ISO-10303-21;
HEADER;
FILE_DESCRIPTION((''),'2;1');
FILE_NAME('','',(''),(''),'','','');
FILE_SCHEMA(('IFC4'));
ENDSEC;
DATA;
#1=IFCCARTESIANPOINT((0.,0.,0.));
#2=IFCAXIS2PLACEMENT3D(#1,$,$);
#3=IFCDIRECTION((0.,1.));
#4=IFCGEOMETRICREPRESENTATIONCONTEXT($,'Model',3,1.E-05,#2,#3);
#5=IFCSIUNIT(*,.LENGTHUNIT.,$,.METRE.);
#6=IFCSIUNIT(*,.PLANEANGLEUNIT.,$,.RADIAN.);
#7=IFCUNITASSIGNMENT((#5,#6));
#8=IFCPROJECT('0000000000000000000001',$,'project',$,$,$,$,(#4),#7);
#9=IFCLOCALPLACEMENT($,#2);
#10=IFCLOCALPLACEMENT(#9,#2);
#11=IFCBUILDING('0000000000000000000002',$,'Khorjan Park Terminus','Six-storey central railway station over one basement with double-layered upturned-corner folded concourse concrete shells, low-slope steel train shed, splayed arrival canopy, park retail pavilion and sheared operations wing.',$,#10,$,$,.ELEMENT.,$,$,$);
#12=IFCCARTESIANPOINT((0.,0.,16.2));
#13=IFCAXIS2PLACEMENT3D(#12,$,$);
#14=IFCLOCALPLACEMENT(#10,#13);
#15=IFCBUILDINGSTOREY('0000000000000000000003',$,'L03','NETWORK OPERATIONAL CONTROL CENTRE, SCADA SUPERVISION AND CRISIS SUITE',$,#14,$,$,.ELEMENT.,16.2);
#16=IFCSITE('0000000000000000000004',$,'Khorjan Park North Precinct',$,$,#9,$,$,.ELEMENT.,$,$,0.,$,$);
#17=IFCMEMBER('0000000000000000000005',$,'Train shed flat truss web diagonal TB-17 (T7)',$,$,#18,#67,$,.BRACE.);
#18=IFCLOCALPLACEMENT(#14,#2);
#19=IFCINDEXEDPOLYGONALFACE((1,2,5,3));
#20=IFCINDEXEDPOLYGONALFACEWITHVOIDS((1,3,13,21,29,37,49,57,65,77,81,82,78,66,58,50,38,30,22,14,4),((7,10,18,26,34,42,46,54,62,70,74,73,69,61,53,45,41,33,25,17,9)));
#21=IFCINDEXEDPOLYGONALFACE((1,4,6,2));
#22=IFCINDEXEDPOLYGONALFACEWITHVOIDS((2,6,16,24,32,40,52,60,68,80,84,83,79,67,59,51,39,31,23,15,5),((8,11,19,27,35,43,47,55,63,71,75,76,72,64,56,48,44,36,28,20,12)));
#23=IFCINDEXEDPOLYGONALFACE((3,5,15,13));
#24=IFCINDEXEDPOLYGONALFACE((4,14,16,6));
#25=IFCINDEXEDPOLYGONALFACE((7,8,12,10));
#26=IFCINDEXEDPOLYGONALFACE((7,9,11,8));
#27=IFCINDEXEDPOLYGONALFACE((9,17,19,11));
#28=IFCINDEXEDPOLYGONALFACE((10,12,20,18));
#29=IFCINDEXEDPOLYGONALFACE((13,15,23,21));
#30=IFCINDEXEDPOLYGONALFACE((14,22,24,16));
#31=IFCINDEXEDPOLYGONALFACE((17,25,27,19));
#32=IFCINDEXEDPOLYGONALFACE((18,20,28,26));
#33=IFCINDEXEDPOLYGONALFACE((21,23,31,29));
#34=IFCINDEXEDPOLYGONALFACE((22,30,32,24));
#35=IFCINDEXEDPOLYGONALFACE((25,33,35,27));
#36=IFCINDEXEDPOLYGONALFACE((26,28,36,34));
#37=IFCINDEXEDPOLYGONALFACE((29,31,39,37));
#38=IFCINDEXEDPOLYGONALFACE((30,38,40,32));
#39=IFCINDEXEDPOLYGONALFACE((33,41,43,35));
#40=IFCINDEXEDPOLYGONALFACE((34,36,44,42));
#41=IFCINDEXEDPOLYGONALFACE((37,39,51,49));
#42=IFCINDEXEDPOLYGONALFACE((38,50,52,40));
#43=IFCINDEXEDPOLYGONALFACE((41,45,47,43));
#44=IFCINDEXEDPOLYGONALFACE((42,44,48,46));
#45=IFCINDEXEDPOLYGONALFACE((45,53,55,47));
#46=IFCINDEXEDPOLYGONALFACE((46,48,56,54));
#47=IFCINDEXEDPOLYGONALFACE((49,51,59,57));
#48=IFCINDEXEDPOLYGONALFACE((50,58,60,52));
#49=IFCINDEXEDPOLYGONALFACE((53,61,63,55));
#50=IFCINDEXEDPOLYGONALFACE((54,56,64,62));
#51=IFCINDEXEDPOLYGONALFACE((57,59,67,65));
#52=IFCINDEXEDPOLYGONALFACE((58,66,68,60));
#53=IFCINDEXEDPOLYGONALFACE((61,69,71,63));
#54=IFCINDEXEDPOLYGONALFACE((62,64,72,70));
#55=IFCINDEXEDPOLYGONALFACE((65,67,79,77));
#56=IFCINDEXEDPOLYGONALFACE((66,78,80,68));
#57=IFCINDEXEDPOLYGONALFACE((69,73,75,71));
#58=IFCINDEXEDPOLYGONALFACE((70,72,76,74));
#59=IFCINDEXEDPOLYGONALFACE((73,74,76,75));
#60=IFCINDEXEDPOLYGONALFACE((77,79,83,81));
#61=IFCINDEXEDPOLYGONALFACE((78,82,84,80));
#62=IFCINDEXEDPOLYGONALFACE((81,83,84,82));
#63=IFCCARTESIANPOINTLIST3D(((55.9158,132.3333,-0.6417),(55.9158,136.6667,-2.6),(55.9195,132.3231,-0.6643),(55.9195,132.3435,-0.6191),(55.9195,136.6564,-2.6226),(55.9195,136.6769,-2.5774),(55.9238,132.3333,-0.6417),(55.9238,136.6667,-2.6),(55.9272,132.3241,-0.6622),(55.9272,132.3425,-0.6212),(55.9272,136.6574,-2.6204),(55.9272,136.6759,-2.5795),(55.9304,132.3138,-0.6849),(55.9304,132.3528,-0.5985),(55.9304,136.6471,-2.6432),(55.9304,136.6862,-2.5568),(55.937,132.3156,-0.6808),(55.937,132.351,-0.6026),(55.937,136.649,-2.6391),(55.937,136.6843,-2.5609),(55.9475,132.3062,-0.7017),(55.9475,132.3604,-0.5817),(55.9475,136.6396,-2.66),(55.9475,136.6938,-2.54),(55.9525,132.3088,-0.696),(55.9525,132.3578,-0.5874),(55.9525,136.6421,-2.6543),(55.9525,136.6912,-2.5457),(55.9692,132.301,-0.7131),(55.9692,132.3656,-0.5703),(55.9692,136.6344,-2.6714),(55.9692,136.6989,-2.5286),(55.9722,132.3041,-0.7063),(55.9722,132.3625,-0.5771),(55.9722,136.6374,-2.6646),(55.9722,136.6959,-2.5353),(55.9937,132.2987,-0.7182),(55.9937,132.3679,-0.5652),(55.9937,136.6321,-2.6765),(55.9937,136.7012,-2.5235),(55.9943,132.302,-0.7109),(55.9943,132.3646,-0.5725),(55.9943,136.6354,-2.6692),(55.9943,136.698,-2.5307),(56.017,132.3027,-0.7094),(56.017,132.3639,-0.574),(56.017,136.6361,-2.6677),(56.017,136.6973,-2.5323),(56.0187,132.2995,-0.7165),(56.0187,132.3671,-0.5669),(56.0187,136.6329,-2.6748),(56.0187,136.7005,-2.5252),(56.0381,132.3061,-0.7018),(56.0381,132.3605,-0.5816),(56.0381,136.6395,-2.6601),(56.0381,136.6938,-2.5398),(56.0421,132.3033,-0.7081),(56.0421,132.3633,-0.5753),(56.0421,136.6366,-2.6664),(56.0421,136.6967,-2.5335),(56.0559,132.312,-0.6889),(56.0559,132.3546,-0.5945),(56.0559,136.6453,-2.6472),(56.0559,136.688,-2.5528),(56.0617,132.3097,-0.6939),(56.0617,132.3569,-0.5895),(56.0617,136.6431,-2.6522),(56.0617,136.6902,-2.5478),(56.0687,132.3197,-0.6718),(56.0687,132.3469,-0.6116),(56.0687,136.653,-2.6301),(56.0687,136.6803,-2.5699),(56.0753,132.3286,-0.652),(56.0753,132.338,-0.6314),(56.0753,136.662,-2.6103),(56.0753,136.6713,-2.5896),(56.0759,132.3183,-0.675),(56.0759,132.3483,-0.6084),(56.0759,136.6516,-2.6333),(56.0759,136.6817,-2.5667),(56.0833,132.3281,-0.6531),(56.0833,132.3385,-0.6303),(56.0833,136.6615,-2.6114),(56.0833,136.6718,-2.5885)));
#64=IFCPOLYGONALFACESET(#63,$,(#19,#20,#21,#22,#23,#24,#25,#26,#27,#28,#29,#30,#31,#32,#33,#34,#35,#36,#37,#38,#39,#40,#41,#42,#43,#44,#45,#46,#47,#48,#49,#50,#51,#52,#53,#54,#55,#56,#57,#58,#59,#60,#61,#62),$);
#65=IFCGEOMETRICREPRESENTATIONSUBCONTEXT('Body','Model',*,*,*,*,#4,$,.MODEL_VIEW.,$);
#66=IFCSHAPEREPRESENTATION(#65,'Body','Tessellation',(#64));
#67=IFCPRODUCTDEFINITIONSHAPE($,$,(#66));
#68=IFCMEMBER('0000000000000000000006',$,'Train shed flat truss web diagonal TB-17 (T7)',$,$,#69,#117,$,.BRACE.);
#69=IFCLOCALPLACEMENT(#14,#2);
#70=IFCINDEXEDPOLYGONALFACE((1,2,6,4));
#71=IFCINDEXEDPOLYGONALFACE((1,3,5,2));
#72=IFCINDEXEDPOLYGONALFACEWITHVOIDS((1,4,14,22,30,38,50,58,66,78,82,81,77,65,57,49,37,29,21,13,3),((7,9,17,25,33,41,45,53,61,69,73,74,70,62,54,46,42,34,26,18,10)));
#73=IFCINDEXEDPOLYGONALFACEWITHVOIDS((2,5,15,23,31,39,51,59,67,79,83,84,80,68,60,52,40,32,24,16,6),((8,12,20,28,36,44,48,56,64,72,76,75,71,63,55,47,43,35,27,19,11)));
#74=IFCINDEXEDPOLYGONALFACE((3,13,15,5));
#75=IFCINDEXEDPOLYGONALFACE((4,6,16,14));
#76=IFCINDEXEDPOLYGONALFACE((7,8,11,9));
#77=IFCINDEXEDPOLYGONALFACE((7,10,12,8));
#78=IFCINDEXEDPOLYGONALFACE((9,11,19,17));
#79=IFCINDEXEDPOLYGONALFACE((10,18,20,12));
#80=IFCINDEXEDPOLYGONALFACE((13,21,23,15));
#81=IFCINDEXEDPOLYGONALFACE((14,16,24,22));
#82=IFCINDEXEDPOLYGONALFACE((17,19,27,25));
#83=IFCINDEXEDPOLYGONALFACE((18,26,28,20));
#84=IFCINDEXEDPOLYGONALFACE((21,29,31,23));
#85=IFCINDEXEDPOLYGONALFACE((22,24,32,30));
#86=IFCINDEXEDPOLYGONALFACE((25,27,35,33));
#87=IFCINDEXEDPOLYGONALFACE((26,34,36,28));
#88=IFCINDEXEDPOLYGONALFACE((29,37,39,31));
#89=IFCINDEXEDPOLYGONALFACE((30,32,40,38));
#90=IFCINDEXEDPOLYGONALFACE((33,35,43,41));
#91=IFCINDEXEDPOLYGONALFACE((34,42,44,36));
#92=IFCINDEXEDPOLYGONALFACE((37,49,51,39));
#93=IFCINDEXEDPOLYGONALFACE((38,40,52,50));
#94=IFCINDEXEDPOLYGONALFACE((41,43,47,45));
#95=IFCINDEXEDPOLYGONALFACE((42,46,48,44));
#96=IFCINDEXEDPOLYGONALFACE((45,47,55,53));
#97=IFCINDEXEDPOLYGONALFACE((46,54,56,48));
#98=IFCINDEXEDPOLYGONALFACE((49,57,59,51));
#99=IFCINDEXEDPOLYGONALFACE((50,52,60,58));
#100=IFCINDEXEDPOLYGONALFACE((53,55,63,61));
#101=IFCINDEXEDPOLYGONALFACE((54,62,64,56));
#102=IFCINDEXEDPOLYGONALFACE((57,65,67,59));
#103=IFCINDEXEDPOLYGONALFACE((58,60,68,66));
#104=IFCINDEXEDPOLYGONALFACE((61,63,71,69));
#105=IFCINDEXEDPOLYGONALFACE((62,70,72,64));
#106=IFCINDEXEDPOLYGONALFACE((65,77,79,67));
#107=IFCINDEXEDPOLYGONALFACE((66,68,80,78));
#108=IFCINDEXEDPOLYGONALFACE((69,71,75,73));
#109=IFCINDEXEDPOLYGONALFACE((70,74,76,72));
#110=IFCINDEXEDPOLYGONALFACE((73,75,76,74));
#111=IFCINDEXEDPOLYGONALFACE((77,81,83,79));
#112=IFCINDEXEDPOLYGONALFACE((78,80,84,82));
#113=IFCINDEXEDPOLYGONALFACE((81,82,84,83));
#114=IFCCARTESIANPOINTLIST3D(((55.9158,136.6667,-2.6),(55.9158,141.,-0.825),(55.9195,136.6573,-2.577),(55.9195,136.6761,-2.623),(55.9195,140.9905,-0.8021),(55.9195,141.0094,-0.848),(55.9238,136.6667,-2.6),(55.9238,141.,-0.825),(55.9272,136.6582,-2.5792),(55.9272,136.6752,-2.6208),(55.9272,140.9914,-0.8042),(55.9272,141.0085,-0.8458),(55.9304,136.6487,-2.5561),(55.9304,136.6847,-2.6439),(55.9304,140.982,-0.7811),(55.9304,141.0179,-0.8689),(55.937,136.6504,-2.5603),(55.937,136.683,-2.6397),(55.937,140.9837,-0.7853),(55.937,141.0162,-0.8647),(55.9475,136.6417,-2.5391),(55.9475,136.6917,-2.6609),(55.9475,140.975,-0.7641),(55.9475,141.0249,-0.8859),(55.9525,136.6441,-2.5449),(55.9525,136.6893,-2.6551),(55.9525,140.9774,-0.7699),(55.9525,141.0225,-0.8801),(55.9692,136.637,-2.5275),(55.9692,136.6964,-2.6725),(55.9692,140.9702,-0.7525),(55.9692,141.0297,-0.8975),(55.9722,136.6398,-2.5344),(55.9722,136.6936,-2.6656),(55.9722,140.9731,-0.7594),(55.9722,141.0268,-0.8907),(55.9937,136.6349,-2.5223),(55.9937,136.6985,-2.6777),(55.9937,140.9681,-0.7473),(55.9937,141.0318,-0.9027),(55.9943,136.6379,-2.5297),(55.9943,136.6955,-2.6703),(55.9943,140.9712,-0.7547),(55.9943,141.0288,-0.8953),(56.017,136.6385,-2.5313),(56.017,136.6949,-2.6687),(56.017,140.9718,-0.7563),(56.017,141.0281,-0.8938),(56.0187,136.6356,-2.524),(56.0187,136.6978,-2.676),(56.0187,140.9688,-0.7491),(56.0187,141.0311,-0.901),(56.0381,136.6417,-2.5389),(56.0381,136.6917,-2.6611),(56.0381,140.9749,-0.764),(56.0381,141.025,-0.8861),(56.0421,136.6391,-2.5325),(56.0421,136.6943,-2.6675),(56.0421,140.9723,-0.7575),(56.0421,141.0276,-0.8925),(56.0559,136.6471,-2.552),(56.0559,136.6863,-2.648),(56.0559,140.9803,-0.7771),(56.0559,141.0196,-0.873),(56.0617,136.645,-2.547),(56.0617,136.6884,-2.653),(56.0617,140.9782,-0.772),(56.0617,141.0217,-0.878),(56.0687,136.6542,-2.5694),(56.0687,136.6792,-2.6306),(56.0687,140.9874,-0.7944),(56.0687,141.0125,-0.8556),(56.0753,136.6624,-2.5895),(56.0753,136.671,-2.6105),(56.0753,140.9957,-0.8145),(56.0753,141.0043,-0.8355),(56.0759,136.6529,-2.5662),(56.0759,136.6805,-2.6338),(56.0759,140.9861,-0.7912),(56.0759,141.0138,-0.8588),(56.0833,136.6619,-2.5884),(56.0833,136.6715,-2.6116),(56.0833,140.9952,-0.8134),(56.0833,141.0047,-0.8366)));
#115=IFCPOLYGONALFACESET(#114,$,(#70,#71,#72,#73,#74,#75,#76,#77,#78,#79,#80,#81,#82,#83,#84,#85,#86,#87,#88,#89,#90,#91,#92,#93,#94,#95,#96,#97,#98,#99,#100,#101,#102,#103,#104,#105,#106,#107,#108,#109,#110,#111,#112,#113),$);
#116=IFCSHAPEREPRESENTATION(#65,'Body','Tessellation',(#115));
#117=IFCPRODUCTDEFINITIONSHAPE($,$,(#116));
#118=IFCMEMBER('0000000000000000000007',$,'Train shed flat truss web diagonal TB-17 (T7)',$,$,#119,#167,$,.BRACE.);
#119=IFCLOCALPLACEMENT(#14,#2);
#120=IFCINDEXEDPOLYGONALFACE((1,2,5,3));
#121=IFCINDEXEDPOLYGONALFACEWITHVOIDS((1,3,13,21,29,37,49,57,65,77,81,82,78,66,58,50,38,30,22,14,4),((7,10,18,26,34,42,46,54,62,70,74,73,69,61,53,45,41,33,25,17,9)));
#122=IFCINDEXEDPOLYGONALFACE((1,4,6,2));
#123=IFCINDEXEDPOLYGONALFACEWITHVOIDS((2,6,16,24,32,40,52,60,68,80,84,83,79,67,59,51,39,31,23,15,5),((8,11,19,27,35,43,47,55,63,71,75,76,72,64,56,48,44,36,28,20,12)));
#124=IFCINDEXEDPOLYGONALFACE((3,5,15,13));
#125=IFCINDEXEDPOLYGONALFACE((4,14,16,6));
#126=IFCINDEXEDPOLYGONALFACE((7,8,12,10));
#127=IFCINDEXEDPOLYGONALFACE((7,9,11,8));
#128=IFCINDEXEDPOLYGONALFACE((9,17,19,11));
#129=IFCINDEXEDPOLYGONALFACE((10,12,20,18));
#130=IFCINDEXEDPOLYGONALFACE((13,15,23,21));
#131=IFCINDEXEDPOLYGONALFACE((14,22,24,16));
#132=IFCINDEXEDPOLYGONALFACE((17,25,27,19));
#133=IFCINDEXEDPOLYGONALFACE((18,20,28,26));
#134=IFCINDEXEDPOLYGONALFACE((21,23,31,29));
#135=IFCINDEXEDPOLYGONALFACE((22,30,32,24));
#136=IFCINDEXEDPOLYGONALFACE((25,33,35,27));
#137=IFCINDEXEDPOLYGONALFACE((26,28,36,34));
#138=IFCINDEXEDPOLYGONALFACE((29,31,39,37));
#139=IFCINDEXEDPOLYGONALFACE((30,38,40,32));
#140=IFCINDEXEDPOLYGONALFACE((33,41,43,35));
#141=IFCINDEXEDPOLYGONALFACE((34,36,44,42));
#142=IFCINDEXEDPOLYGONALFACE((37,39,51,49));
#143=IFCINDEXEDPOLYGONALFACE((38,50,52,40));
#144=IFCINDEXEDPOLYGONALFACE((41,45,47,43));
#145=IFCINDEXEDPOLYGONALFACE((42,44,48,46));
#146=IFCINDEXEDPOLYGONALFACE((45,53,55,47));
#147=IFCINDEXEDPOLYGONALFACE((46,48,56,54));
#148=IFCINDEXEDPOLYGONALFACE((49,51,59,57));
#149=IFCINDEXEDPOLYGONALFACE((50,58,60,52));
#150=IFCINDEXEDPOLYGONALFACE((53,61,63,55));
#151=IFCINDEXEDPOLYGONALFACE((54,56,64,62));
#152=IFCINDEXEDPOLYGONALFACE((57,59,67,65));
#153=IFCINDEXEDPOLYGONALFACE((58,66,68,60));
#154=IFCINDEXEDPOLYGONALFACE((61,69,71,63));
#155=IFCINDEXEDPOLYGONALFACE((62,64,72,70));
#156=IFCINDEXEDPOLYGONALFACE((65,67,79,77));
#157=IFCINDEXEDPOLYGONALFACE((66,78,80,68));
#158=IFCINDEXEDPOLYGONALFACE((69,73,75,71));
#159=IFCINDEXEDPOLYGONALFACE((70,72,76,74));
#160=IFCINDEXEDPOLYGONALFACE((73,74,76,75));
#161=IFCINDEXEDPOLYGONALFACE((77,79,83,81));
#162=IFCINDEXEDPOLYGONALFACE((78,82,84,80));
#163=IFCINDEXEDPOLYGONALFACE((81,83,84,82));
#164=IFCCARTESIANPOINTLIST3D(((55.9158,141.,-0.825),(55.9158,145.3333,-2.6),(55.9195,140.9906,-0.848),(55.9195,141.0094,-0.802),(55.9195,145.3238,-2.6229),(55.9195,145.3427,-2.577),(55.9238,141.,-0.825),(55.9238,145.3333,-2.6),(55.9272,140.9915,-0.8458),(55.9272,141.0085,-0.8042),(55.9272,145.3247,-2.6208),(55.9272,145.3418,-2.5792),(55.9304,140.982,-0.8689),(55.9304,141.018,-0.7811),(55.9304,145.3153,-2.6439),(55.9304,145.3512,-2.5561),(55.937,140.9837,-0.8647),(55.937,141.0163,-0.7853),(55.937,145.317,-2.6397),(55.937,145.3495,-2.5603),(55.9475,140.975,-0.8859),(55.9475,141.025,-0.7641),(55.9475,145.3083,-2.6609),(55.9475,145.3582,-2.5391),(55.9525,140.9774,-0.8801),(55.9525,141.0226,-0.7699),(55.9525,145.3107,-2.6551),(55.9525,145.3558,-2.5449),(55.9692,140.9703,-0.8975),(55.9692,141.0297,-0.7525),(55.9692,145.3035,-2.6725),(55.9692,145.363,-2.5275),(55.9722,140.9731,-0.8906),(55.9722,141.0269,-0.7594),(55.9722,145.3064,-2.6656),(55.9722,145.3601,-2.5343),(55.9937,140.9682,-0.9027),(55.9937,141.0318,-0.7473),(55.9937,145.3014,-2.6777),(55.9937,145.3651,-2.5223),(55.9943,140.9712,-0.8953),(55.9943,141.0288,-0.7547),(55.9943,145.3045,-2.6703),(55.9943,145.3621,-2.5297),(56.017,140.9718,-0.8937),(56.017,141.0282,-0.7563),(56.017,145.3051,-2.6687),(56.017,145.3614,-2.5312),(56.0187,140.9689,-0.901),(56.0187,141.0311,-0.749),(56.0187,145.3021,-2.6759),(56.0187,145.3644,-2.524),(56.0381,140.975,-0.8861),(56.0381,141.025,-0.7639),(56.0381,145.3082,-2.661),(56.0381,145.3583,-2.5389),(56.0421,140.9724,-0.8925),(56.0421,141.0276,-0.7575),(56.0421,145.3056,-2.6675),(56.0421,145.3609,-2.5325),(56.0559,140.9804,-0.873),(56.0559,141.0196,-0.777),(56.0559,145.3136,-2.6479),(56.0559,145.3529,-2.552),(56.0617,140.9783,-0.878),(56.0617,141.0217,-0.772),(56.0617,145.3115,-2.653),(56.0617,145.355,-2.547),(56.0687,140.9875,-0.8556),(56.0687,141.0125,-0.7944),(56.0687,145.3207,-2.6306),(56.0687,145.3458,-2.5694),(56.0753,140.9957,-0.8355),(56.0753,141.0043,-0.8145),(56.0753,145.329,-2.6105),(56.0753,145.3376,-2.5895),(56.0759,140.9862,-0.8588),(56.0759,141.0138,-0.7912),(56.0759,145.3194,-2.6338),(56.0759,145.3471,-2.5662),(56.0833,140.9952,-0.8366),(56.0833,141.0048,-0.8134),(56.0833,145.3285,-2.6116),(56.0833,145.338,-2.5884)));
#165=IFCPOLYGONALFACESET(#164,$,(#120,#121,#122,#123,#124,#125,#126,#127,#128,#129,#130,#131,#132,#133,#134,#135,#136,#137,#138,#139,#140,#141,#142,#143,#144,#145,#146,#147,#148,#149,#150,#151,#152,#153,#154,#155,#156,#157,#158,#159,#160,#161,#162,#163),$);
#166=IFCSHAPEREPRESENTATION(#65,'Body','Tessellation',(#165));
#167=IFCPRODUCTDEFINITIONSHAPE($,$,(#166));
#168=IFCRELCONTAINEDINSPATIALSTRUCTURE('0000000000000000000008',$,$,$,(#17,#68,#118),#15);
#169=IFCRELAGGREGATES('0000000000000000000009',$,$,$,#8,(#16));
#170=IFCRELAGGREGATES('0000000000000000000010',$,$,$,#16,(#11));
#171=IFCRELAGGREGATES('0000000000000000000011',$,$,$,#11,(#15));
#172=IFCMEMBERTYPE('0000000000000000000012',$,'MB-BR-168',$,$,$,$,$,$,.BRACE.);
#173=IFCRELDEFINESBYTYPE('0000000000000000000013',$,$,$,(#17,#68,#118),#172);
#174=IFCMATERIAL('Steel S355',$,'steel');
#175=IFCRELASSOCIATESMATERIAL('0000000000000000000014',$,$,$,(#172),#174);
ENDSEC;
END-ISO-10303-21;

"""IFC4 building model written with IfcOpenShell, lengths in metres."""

from ifc_helpers import new_model, si_unit, direction, frame, origin, origin_2d, place, context, subcontext, project, spatial, hollow_circle, extrude, material, material_profile, profile_set, type_object, element, save


model = new_model("IFC4")

# Units and contexts
model_context = context("Model", 3, precision=1e-05, world=origin(), true_north=direction((0.0, 1.0)))
body_context = subcontext(model_context, "Body", "Model", "MODEL_VIEW")
ifc_project = project(units=[si_unit("LENGTHUNIT", "METRE"), si_unit("PLANEANGLEUNIT", "RADIAN")], contexts=[model_context])

# Site, building, storey
site_placement = place(None, origin())
site = spatial("IfcSite", under=ifc_project, at=site_placement, Name="Khorjan Park North Precinct", CompositionType="ELEMENT", RefElevation=0.0)
building_placement = place(site_placement, origin())
building = spatial("IfcBuilding", under=site, at=building_placement, Name="Khorjan Park Terminus", Description="Six-storey central railway station over one basement with double-layered upturned-corner folded concourse concrete shells, low-slope steel train shed, splayed arrival canopy, park retail pavilion and sheared operations wing.", CompositionType="ELEMENT")
storey_placement = place(building_placement, frame((0.0, 0.0, 16.2)))
storey = spatial("IfcBuildingStorey", under=building, at=storey_placement, Name="L03", Description="NETWORK OPERATIONAL CONTROL CENTRE, SCADA SUPERVISION AND CRISIS SUITE", CompositionType="ELEMENT", Elevation=16.2)

# Members
ifc_material_1 = material(Name="Steel S355", Category="steel")
ifc_material_profile_1 = material_profile(ifc_material_1, hollow_circle(Radius=0.0842, WallThickness=0.008, at=origin_2d()), Name="CHS 168.3x8")
ifc_profile_set_1 = profile_set([ifc_material_profile_1], Name="Steel S355")
member_type_1 = type_object("IfcMemberType", Name="MB-BR-168", PredefinedType="BRACE", material=ifc_profile_set_1)
member_1_placement = place(storey_placement, frame((56.0, 132.3333, -0.6417), z_axis=(0.0, 0.91127, -0.41181), x_axis=(-1.0, 0.0, 0.0)))
element("IfcMember", 1, at=member_1_placement, inside=storey, type_object=member_type_1, Name="Train shed flat truss web diagonal TB-17 (T7)", PredefinedType="BRACE", context=body_context, shape_type="SweptSolid", body=[
    extrude(hollow_circle(Radius=0.0842, WallThickness=0.008, at=origin_2d()), origin(), (0.0, 0.0, 1.0), 4.7553),
])
for number, where, z_axis, x_axis, name in (
    (2, (56.0, 136.6667, -2.6), (0.0, 0.925376, 0.379051), (-1.0, 0.0, 0.0), "Train shed flat truss web diagonal TB-17 (T7)"),
    (3, (56.0, 141.0, -0.825), (0.0, 0.925376, -0.379051), (-1.0, 0.0, 0.0), "Train shed flat truss web diagonal TB-17 (T7)"),
):
    element("IfcMember", number, at=place(storey_placement, frame(where, z_axis=z_axis, x_axis=x_axis)), inside=storey, type_object=member_type_1, Name=name, PredefinedType="BRACE", context=body_context, shape_type="SweptSolid", body=[
        extrude(hollow_circle(Radius=0.0842, WallThickness=0.008, at=origin_2d()), origin(), (0.0, 0.0, 1.0), 4.6827),
    ])

save(model, "model.ifc")
